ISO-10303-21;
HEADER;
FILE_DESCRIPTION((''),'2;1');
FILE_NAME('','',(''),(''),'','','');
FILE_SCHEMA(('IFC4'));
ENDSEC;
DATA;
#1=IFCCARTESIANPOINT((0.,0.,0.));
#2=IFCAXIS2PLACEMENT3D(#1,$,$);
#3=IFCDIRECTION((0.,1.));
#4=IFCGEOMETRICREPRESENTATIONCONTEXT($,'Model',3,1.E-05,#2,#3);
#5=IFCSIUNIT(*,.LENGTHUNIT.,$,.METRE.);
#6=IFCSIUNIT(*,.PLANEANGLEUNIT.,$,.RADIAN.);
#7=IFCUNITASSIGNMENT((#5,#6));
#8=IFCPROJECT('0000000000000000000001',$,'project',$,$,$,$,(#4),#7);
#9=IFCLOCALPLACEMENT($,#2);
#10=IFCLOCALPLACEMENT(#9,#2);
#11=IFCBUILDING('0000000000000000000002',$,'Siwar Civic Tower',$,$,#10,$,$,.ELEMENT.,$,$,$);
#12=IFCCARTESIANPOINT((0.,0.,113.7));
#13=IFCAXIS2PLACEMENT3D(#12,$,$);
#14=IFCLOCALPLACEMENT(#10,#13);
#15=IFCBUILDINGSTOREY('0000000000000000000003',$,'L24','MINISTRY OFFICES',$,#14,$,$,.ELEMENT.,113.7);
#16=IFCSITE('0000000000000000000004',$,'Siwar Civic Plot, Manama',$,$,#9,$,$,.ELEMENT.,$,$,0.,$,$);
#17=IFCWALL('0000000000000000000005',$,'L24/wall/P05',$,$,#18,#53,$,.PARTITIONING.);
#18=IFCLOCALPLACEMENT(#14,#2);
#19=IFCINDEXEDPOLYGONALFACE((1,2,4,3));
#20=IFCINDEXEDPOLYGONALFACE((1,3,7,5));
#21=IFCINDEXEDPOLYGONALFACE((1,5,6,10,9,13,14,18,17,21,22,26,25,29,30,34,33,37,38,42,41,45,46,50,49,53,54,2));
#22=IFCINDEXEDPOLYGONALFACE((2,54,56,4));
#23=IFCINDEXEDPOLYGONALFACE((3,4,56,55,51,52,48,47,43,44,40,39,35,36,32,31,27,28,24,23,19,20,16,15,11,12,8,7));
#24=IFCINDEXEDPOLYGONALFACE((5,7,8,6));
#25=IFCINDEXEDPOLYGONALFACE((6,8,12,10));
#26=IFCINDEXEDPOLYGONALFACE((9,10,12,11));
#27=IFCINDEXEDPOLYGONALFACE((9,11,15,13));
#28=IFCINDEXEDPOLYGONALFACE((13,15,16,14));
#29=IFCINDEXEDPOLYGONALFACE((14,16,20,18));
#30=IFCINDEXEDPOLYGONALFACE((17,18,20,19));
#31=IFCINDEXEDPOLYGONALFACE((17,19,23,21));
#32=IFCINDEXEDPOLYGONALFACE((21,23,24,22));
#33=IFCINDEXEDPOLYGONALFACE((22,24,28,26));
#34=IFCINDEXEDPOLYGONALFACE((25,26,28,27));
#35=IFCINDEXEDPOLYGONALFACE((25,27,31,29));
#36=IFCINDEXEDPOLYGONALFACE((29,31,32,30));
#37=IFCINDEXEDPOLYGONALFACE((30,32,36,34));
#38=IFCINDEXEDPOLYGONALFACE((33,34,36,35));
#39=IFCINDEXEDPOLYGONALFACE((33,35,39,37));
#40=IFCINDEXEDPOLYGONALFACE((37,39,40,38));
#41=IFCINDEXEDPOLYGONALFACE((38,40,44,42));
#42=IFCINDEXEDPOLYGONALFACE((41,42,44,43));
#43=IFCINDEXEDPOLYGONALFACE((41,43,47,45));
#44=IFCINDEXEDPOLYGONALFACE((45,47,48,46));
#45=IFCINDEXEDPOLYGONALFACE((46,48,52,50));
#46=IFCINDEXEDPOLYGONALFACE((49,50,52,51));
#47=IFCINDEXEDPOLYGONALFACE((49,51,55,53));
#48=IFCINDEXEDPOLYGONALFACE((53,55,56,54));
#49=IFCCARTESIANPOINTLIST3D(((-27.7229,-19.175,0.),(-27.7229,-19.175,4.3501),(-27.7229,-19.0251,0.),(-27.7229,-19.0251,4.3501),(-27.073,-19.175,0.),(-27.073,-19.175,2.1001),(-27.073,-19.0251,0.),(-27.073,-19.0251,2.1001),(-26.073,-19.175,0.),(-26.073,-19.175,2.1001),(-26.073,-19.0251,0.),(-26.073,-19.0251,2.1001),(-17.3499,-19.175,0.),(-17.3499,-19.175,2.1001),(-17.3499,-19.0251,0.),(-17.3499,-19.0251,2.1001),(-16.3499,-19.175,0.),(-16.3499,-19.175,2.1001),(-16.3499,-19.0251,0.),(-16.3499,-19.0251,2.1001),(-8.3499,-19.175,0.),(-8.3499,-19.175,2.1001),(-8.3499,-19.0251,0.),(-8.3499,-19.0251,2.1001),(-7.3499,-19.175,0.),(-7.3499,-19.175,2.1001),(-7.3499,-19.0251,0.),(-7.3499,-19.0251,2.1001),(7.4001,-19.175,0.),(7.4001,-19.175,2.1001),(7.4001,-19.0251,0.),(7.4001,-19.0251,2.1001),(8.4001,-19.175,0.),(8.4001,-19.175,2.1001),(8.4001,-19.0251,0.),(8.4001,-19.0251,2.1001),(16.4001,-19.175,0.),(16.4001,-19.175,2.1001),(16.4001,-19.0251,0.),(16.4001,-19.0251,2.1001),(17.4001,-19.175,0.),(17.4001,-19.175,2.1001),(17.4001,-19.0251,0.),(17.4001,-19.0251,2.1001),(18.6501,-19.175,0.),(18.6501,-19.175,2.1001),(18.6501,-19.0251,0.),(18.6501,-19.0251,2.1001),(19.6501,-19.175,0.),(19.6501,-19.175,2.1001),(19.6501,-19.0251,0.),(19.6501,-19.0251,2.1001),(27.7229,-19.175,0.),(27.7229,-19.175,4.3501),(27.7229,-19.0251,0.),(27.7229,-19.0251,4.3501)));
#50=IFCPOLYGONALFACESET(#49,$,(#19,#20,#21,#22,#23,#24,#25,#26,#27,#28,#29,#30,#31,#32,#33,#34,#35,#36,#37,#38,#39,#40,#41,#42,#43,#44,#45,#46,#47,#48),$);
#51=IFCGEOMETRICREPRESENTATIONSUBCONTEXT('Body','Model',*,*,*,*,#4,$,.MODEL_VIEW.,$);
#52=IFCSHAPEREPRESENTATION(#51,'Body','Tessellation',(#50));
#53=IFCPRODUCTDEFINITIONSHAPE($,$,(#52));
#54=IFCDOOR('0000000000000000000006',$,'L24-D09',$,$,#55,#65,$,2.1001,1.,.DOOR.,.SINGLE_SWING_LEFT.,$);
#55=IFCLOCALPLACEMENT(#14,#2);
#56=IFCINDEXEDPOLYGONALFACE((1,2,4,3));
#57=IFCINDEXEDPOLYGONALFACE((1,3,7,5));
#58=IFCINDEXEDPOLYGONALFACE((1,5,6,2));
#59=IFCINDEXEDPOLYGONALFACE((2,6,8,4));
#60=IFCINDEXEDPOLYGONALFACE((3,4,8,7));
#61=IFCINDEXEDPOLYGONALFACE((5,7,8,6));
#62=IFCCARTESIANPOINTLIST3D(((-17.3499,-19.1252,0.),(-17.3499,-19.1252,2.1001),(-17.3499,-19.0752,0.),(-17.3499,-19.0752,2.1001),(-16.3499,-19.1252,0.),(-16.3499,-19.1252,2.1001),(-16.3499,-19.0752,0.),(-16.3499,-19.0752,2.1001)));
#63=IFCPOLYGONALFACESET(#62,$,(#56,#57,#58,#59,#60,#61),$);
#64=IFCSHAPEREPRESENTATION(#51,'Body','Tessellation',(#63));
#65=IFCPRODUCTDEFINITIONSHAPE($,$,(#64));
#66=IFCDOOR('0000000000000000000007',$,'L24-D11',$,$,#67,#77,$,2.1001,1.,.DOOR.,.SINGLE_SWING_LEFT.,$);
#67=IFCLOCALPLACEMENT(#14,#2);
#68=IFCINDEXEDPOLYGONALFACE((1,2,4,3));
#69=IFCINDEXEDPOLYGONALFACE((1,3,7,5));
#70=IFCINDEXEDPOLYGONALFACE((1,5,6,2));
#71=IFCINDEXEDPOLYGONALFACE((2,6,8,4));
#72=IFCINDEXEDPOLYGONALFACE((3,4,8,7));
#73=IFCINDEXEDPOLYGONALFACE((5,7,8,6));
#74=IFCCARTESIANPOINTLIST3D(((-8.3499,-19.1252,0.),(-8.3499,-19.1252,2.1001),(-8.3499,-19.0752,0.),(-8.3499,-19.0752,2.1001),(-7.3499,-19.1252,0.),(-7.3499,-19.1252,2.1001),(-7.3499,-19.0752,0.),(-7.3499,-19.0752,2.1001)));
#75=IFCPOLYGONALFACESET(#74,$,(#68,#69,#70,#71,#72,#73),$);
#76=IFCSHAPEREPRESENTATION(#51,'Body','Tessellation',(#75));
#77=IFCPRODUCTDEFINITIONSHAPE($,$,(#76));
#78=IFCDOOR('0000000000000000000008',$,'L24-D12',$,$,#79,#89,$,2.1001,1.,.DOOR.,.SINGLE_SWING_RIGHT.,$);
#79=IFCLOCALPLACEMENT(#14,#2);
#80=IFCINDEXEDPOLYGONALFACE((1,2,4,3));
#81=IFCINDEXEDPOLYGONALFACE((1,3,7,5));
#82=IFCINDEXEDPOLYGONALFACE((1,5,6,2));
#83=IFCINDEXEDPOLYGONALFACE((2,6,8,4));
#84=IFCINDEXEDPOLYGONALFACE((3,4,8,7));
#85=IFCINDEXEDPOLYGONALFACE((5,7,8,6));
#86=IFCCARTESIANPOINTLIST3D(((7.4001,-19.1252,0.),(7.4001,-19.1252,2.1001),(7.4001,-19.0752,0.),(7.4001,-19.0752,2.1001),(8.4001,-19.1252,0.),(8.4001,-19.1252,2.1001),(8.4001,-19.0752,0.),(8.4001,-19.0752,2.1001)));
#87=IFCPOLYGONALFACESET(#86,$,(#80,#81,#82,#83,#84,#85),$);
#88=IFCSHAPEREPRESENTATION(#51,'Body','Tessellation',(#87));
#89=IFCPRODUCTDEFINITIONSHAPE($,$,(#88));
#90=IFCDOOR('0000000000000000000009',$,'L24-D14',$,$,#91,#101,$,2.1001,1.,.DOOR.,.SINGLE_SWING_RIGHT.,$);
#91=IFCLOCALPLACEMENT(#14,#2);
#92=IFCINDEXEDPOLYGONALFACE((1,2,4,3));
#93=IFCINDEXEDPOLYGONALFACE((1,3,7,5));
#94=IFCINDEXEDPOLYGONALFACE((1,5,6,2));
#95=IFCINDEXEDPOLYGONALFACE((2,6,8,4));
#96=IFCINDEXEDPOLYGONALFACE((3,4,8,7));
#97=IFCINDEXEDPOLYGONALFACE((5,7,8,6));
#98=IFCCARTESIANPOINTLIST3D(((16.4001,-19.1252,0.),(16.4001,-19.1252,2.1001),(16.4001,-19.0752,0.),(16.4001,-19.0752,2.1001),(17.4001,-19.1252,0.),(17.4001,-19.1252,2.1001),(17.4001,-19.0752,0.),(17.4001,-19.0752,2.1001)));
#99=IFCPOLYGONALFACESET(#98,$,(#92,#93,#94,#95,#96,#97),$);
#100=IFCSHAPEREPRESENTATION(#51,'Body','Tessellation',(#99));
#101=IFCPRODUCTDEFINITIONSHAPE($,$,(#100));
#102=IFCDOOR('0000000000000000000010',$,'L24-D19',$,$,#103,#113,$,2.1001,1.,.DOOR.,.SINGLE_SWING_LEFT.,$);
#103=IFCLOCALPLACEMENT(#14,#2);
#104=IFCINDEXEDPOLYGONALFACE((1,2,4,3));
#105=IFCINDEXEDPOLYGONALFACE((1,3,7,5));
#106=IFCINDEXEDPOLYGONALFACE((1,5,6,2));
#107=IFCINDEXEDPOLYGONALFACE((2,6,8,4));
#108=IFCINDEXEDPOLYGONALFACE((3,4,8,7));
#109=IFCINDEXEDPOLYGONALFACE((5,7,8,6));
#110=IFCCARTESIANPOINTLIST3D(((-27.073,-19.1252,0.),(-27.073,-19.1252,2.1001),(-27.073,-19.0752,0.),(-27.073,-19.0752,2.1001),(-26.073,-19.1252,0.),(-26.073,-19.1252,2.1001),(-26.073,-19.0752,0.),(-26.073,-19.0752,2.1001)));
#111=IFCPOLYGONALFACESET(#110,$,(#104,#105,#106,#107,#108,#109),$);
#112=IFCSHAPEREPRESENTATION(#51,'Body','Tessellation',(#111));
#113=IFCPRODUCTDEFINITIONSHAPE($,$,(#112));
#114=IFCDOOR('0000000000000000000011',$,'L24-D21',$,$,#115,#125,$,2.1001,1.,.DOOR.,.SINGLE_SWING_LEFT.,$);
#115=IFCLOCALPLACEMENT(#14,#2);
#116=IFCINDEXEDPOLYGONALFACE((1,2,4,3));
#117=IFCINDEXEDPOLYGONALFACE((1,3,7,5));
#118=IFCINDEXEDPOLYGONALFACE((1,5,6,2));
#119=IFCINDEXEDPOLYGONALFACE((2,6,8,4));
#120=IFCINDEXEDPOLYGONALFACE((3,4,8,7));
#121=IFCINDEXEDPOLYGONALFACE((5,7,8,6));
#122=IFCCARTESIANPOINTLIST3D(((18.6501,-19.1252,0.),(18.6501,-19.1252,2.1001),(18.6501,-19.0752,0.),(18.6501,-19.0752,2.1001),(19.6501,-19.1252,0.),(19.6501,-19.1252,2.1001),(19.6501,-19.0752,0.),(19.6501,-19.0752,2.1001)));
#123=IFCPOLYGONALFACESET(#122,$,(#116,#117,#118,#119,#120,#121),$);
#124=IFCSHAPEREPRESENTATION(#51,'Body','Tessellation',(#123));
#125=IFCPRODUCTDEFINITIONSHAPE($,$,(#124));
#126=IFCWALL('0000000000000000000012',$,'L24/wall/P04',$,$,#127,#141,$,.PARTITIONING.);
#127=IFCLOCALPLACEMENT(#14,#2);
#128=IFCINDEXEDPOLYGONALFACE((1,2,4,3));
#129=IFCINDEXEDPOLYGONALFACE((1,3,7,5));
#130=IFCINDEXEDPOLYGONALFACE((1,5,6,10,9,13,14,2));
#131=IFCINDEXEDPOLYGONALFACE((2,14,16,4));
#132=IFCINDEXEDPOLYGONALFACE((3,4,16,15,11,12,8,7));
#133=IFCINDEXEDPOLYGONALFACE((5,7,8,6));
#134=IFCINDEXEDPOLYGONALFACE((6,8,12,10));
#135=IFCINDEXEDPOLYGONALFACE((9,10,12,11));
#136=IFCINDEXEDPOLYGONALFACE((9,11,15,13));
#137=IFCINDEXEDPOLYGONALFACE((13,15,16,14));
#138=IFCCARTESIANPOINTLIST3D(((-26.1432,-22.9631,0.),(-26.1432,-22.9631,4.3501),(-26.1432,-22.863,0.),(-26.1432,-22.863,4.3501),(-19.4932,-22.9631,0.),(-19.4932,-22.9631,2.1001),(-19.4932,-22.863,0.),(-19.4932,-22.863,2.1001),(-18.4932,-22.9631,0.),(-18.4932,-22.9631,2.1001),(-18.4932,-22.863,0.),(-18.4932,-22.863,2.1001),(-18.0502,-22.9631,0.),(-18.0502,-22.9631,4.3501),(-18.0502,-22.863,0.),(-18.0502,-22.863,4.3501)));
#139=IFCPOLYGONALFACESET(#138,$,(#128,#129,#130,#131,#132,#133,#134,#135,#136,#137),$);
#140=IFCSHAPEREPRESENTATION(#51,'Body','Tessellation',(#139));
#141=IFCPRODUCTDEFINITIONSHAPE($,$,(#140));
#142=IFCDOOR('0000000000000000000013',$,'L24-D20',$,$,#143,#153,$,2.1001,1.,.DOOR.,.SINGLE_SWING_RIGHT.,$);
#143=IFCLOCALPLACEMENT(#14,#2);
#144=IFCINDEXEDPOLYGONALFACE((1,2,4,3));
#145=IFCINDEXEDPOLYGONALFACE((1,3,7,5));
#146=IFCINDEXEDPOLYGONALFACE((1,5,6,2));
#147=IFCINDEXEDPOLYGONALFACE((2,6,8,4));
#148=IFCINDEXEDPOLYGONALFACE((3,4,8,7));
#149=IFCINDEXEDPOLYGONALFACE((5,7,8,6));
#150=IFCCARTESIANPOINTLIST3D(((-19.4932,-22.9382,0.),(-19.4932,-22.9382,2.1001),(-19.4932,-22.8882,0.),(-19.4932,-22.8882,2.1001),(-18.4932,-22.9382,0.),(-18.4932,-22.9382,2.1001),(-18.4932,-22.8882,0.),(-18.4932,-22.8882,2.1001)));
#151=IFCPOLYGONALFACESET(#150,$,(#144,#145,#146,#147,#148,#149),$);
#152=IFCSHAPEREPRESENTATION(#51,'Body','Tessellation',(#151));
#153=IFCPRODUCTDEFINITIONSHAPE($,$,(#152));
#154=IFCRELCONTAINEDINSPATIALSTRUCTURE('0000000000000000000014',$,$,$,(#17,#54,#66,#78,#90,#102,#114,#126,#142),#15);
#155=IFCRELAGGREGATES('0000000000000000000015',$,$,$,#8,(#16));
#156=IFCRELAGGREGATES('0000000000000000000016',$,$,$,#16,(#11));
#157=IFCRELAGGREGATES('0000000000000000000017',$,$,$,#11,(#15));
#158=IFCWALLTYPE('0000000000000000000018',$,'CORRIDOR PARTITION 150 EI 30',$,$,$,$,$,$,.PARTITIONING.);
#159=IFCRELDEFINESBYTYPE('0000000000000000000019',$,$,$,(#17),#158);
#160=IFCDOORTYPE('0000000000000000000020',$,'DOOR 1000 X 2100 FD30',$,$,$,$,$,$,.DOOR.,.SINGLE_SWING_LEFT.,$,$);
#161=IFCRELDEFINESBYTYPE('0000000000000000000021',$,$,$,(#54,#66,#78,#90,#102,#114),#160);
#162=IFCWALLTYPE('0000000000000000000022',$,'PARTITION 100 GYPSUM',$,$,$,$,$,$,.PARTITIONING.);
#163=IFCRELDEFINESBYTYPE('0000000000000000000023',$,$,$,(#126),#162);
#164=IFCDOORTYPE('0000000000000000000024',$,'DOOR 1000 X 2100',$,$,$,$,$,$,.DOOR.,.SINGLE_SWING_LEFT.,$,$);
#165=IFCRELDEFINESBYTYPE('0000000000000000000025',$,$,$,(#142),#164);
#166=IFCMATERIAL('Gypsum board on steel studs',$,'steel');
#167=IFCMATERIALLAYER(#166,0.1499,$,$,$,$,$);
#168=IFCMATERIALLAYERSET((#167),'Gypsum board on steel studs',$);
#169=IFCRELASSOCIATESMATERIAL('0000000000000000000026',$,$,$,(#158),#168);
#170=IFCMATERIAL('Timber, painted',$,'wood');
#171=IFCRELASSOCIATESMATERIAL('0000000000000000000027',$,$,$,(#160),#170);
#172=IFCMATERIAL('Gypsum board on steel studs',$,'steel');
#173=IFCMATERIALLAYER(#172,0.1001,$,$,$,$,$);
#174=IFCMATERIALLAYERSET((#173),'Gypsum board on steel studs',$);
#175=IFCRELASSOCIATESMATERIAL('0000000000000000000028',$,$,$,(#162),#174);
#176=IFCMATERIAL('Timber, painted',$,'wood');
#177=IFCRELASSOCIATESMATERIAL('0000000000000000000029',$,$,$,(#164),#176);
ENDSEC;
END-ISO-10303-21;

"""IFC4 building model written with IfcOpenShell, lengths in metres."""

from ifc_helpers import new_model, si_unit, direction, frame, frame_2d, origin, place, context, subcontext, project, spatial, rectangle, extrude, material, layer, layer_set, type_object, element, fill, save


model = new_model("IFC4")

# Units and contexts
model_context = context("Model", 3, precision=1e-05, world=origin(), true_north=direction((0.0, 1.0)))
body_context = subcontext(model_context, "Body", "Model", "MODEL_VIEW")
ifc_project = project(units=[si_unit("LENGTHUNIT", "METRE"), si_unit("PLANEANGLEUNIT", "RADIAN")], contexts=[model_context])

# Site, building, storey
site_placement = place(None, origin())
site = spatial("IfcSite", under=ifc_project, at=site_placement, Name="Siwar Civic Plot, Manama", CompositionType="ELEMENT", RefElevation=0.0)
building_placement = place(site_placement, origin())
building = spatial("IfcBuilding", under=site, at=building_placement, Name="Siwar Civic Tower", CompositionType="ELEMENT")
storey_placement = place(building_placement, frame((0.0, 0.0, 113.7)))
storey = spatial("IfcBuildingStorey", under=building, at=storey_placement, Name="L24", Description="MINISTRY OFFICES", CompositionType="ELEMENT", Elevation=113.7)

# Wall, openings, doors
ifc_material_1 = material(Name="Gypsum board on steel studs", Category="steel")
ifc_layer_1 = layer(ifc_material_1, 0.1499)
ifc_layer_set_1 = layer_set([ifc_layer_1], Name="Gypsum board on steel studs")
wall_type_1 = type_object("IfcWallType", Name="CORRIDOR PARTITION 150 EI 30", PredefinedType="PARTITIONING", material=ifc_layer_set_1)
wall_1_placement = place(storey_placement, frame((-27.7229, -19.1001, 0.0), z_axis=(0.0, 0.0, 1.0), x_axis=(1.0, 0.0, 0.0)))
wall_1 = element("IfcWall", 1, at=wall_1_placement, inside=storey, type_object=wall_type_1, Name="L24/wall/P05", PredefinedType="PARTITIONING", context=body_context, shape_type="SweptSolid", body=[
    extrude(rectangle(XDim=55.4458, YDim=0.1499, at=frame_2d((27.7229, 0.0))), origin(), (0.0, 0.0, 1.0), 4.3501),
])
opening_1_placement = place(wall_1_placement, frame((10.373, 0.0, 0.0)))
opening_1 = element("IfcOpeningElement", 2, at=opening_1_placement, cuts=wall_1, PredefinedType="OPENING", context=body_context, shape_type="SweptSolid", body=[
    extrude(rectangle(XDim=1.0, YDim=2.1001, at=frame_2d((0.5, 1.05))), frame((0.0, 0.085, 0.0), z_axis=(0.0, -1.0, 0.0), x_axis=(1.0, 0.0, 0.0)), (0.0, 0.0, 1.0), 0.1699),
])
opening_2_placement = place(wall_1_placement, frame((19.373, 0.0, 0.0)))
opening_2 = element("IfcOpeningElement", 3, at=opening_2_placement, cuts=wall_1, PredefinedType="OPENING", context=body_context, shape_type="SweptSolid", body=[
    extrude(rectangle(XDim=1.0, YDim=2.1001, at=frame_2d((0.5, 1.05))), frame((0.0, 0.085, 0.0), z_axis=(0.0, -1.0, 0.0), x_axis=(1.0, 0.0, 0.0)), (0.0, 0.0, 1.0), 0.1699),
])
opening_3_placement = place(wall_1_placement, frame((35.123, 0.0, 0.0)))
opening_3 = element("IfcOpeningElement", 4, at=opening_3_placement, cuts=wall_1, PredefinedType="OPENING", context=body_context, shape_type="SweptSolid", body=[
    extrude(rectangle(XDim=1.0, YDim=2.1001, at=frame_2d((0.5, 1.05))), frame((0.0, 0.085, 0.0), z_axis=(0.0, -1.0, 0.0), x_axis=(1.0, 0.0, 0.0)), (0.0, 0.0, 1.0), 0.1699),
])
opening_4_placement = place(wall_1_placement, frame((44.123, 0.0, 0.0)))
opening_4 = element("IfcOpeningElement", 5, at=opening_4_placement, cuts=wall_1, PredefinedType="OPENING", context=body_context, shape_type="SweptSolid", body=[
    extrude(rectangle(XDim=1.0, YDim=2.1001, at=frame_2d((0.5, 1.05))), frame((0.0, 0.085, 0.0), z_axis=(0.0, -1.0, 0.0), x_axis=(1.0, 0.0, 0.0)), (0.0, 0.0, 1.0), 0.1699),
])
opening_5_placement = place(wall_1_placement, frame((0.6499, 0.0, 0.0)))
opening_5 = element("IfcOpeningElement", 6, at=opening_5_placement, cuts=wall_1, PredefinedType="OPENING", context=body_context, shape_type="SweptSolid", body=[
    extrude(rectangle(XDim=1.0, YDim=2.1001, at=frame_2d((0.5, 1.05))), frame((0.0, 0.085, 0.0), z_axis=(0.0, -1.0, 0.0), x_axis=(1.0, 0.0, 0.0)), (0.0, 0.0, 1.0), 0.1699),
])
opening_6_placement = place(wall_1_placement, frame((46.373, 0.0, 0.0)))
opening_6 = element("IfcOpeningElement", 7, at=opening_6_placement, cuts=wall_1, PredefinedType="OPENING", context=body_context, shape_type="SweptSolid", body=[
    extrude(rectangle(XDim=1.0, YDim=2.1001, at=frame_2d((0.5, 1.05))), frame((0.0, 0.085, 0.0), z_axis=(0.0, -1.0, 0.0), x_axis=(1.0, 0.0, 0.0)), (0.0, 0.0, 1.0), 0.1699),
])
ifc_material_2 = material(Name="Timber, painted", Category="wood")
door_type_1 = type_object("IfcDoorType", Name="DOOR 1000 X 2100 FD30", OperationType="SINGLE_SWING_LEFT", PredefinedType="DOOR", material=ifc_material_2)
door_1_placement = place(opening_1_placement, origin())
door_1 = element("IfcDoor", 8, at=door_1_placement, inside=storey, type_object=door_type_1, Name="L24-D09", OperationType="SINGLE_SWING_LEFT", OverallHeight=2.1001, OverallWidth=1.0, PredefinedType="DOOR", context=body_context, shape_type="SweptSolid", body=[
    extrude(rectangle(XDim=1.0, YDim=2.1001, at=frame_2d((0.5, 1.05))), frame((0.0, 0.0249, 0.0), z_axis=(0.0, -1.0, 0.0), x_axis=(1.0, 0.0, 0.0)), (0.0, 0.0, 1.0), 0.05),
])
fill(opening_1, door_1)
door_2_placement = place(opening_2_placement, origin())
door_2 = element("IfcDoor", 9, at=door_2_placement, inside=storey, type_object=door_type_1, Name="L24-D11", OperationType="SINGLE_SWING_LEFT", OverallHeight=2.1001, OverallWidth=1.0, PredefinedType="DOOR", context=body_context, shape_type="SweptSolid", body=[
    extrude(rectangle(XDim=1.0, YDim=2.1001, at=frame_2d((0.5, 1.05))), frame((0.0, 0.0249, 0.0), z_axis=(0.0, -1.0, 0.0), x_axis=(1.0, 0.0, 0.0)), (0.0, 0.0, 1.0), 0.05),
])
fill(opening_2, door_2)
door_3_placement = place(opening_3_placement, origin())
door_3 = element("IfcDoor", 10, at=door_3_placement, inside=storey, type_object=door_type_1, Name="L24-D12", OperationType="SINGLE_SWING_RIGHT", OverallHeight=2.1001, OverallWidth=1.0, PredefinedType="DOOR", context=body_context, shape_type="SweptSolid", body=[
    extrude(rectangle(XDim=1.0, YDim=2.1001, at=frame_2d((0.5, 1.05))), frame((0.0, 0.0249, 0.0), z_axis=(0.0, -1.0, 0.0), x_axis=(1.0, 0.0, 0.0)), (0.0, 0.0, 1.0), 0.05),
])
fill(opening_3, door_3)
door_4_placement = place(opening_4_placement, origin())
door_4 = element("IfcDoor", 11, at=door_4_placement, inside=storey, type_object=door_type_1, Name="L24-D14", OperationType="SINGLE_SWING_RIGHT", OverallHeight=2.1001, OverallWidth=1.0, PredefinedType="DOOR", context=body_context, shape_type="SweptSolid", body=[
    extrude(rectangle(XDim=1.0, YDim=2.1001, at=frame_2d((0.5, 1.05))), frame((0.0, 0.0249, 0.0), z_axis=(0.0, -1.0, 0.0), x_axis=(1.0, 0.0, 0.0)), (0.0, 0.0, 1.0), 0.05),
])
fill(opening_4, door_4)
door_5_placement = place(opening_5_placement, origin())
door_5 = element("IfcDoor", 12, at=door_5_placement, inside=storey, type_object=door_type_1, Name="L24-D19", OperationType="SINGLE_SWING_LEFT", OverallHeight=2.1001, OverallWidth=1.0, PredefinedType="DOOR", context=body_context, shape_type="SweptSolid", body=[
    extrude(rectangle(XDim=1.0, YDim=2.1001, at=frame_2d((0.5, 1.05))), frame((0.0, 0.0249, 0.0), z_axis=(0.0, -1.0, 0.0), x_axis=(1.0, 0.0, 0.0)), (0.0, 0.0, 1.0), 0.05),
])
fill(opening_5, door_5)
door_6_placement = place(opening_6_placement, origin())
door_6 = element("IfcDoor", 13, at=door_6_placement, inside=storey, type_object=door_type_1, Name="L24-D21", OperationType="SINGLE_SWING_LEFT", OverallHeight=2.1001, OverallWidth=1.0, PredefinedType="DOOR", context=body_context, shape_type="SweptSolid", body=[
    extrude(rectangle(XDim=1.0, YDim=2.1001, at=frame_2d((0.5, 1.05))), frame((0.0, 0.0249, 0.0), z_axis=(0.0, -1.0, 0.0), x_axis=(1.0, 0.0, 0.0)), (0.0, 0.0, 1.0), 0.05),
])
fill(opening_6, door_6)

# Wall, opening, door
ifc_material_3 = material(Name="Gypsum board on steel studs", Category="steel")
ifc_layer_2 = layer(ifc_material_3, 0.1001)
ifc_layer_set_2 = layer_set([ifc_layer_2], Name="Gypsum board on steel studs")
wall_type_2 = type_object("IfcWallType", Name="PARTITION 100 GYPSUM", PredefinedType="PARTITIONING", material=ifc_layer_set_2)
wall_2_placement = place(storey_placement, frame((-26.1431, -22.9131, 0.0), z_axis=(0.0, 0.0, 1.0), x_axis=(1.0, 0.0, 0.0)))
wall_2 = element("IfcWall", 14, at=wall_2_placement, inside=storey, type_object=wall_type_2, Name="L24/wall/P04", PredefinedType="PARTITIONING", context=body_context, shape_type="SweptSolid", body=[
    extrude(rectangle(XDim=8.093, YDim=0.1001, at=frame_2d((4.0464, 0.0))), origin(), (0.0, 0.0, 1.0), 4.3501),
])
opening_7_placement = place(wall_2_placement, frame((6.6499, 0.0, 0.0)))
opening_7 = element("IfcOpeningElement", 15, at=opening_7_placement, cuts=wall_2, PredefinedType="OPENING", context=body_context, shape_type="SweptSolid", body=[
    extrude(rectangle(XDim=1.0, YDim=2.1001, at=frame_2d((0.5, 1.05))), frame((0.0, 0.0601, 0.0), z_axis=(0.0, -1.0, 0.0), x_axis=(1.0, 0.0, 0.0)), (0.0, 0.0, 1.0), 0.1201),
])
ifc_material_4 = material(Name="Timber, painted", Category="wood")
door_type_2 = type_object("IfcDoorType", Name="DOOR 1000 X 2100", OperationType="SINGLE_SWING_LEFT", PredefinedType="DOOR", material=ifc_material_4)
door_7_placement = place(opening_7_placement, origin())
door_7 = element("IfcDoor", 16, at=door_7_placement, inside=storey, type_object=door_type_2, Name="L24-D20", OperationType="SINGLE_SWING_RIGHT", OverallHeight=2.1001, OverallWidth=1.0, PredefinedType="DOOR", context=body_context, shape_type="SweptSolid", body=[
    extrude(rectangle(XDim=1.0, YDim=2.1001, at=frame_2d((0.5, 1.05))), frame((0.0, 0.0249, 0.0), z_axis=(0.0, -1.0, 0.0), x_axis=(1.0, 0.0, 0.0)), (0.0, 0.0, 1.0), 0.05),
])
fill(opening_7, door_7)

save(model, "model.ifc")
